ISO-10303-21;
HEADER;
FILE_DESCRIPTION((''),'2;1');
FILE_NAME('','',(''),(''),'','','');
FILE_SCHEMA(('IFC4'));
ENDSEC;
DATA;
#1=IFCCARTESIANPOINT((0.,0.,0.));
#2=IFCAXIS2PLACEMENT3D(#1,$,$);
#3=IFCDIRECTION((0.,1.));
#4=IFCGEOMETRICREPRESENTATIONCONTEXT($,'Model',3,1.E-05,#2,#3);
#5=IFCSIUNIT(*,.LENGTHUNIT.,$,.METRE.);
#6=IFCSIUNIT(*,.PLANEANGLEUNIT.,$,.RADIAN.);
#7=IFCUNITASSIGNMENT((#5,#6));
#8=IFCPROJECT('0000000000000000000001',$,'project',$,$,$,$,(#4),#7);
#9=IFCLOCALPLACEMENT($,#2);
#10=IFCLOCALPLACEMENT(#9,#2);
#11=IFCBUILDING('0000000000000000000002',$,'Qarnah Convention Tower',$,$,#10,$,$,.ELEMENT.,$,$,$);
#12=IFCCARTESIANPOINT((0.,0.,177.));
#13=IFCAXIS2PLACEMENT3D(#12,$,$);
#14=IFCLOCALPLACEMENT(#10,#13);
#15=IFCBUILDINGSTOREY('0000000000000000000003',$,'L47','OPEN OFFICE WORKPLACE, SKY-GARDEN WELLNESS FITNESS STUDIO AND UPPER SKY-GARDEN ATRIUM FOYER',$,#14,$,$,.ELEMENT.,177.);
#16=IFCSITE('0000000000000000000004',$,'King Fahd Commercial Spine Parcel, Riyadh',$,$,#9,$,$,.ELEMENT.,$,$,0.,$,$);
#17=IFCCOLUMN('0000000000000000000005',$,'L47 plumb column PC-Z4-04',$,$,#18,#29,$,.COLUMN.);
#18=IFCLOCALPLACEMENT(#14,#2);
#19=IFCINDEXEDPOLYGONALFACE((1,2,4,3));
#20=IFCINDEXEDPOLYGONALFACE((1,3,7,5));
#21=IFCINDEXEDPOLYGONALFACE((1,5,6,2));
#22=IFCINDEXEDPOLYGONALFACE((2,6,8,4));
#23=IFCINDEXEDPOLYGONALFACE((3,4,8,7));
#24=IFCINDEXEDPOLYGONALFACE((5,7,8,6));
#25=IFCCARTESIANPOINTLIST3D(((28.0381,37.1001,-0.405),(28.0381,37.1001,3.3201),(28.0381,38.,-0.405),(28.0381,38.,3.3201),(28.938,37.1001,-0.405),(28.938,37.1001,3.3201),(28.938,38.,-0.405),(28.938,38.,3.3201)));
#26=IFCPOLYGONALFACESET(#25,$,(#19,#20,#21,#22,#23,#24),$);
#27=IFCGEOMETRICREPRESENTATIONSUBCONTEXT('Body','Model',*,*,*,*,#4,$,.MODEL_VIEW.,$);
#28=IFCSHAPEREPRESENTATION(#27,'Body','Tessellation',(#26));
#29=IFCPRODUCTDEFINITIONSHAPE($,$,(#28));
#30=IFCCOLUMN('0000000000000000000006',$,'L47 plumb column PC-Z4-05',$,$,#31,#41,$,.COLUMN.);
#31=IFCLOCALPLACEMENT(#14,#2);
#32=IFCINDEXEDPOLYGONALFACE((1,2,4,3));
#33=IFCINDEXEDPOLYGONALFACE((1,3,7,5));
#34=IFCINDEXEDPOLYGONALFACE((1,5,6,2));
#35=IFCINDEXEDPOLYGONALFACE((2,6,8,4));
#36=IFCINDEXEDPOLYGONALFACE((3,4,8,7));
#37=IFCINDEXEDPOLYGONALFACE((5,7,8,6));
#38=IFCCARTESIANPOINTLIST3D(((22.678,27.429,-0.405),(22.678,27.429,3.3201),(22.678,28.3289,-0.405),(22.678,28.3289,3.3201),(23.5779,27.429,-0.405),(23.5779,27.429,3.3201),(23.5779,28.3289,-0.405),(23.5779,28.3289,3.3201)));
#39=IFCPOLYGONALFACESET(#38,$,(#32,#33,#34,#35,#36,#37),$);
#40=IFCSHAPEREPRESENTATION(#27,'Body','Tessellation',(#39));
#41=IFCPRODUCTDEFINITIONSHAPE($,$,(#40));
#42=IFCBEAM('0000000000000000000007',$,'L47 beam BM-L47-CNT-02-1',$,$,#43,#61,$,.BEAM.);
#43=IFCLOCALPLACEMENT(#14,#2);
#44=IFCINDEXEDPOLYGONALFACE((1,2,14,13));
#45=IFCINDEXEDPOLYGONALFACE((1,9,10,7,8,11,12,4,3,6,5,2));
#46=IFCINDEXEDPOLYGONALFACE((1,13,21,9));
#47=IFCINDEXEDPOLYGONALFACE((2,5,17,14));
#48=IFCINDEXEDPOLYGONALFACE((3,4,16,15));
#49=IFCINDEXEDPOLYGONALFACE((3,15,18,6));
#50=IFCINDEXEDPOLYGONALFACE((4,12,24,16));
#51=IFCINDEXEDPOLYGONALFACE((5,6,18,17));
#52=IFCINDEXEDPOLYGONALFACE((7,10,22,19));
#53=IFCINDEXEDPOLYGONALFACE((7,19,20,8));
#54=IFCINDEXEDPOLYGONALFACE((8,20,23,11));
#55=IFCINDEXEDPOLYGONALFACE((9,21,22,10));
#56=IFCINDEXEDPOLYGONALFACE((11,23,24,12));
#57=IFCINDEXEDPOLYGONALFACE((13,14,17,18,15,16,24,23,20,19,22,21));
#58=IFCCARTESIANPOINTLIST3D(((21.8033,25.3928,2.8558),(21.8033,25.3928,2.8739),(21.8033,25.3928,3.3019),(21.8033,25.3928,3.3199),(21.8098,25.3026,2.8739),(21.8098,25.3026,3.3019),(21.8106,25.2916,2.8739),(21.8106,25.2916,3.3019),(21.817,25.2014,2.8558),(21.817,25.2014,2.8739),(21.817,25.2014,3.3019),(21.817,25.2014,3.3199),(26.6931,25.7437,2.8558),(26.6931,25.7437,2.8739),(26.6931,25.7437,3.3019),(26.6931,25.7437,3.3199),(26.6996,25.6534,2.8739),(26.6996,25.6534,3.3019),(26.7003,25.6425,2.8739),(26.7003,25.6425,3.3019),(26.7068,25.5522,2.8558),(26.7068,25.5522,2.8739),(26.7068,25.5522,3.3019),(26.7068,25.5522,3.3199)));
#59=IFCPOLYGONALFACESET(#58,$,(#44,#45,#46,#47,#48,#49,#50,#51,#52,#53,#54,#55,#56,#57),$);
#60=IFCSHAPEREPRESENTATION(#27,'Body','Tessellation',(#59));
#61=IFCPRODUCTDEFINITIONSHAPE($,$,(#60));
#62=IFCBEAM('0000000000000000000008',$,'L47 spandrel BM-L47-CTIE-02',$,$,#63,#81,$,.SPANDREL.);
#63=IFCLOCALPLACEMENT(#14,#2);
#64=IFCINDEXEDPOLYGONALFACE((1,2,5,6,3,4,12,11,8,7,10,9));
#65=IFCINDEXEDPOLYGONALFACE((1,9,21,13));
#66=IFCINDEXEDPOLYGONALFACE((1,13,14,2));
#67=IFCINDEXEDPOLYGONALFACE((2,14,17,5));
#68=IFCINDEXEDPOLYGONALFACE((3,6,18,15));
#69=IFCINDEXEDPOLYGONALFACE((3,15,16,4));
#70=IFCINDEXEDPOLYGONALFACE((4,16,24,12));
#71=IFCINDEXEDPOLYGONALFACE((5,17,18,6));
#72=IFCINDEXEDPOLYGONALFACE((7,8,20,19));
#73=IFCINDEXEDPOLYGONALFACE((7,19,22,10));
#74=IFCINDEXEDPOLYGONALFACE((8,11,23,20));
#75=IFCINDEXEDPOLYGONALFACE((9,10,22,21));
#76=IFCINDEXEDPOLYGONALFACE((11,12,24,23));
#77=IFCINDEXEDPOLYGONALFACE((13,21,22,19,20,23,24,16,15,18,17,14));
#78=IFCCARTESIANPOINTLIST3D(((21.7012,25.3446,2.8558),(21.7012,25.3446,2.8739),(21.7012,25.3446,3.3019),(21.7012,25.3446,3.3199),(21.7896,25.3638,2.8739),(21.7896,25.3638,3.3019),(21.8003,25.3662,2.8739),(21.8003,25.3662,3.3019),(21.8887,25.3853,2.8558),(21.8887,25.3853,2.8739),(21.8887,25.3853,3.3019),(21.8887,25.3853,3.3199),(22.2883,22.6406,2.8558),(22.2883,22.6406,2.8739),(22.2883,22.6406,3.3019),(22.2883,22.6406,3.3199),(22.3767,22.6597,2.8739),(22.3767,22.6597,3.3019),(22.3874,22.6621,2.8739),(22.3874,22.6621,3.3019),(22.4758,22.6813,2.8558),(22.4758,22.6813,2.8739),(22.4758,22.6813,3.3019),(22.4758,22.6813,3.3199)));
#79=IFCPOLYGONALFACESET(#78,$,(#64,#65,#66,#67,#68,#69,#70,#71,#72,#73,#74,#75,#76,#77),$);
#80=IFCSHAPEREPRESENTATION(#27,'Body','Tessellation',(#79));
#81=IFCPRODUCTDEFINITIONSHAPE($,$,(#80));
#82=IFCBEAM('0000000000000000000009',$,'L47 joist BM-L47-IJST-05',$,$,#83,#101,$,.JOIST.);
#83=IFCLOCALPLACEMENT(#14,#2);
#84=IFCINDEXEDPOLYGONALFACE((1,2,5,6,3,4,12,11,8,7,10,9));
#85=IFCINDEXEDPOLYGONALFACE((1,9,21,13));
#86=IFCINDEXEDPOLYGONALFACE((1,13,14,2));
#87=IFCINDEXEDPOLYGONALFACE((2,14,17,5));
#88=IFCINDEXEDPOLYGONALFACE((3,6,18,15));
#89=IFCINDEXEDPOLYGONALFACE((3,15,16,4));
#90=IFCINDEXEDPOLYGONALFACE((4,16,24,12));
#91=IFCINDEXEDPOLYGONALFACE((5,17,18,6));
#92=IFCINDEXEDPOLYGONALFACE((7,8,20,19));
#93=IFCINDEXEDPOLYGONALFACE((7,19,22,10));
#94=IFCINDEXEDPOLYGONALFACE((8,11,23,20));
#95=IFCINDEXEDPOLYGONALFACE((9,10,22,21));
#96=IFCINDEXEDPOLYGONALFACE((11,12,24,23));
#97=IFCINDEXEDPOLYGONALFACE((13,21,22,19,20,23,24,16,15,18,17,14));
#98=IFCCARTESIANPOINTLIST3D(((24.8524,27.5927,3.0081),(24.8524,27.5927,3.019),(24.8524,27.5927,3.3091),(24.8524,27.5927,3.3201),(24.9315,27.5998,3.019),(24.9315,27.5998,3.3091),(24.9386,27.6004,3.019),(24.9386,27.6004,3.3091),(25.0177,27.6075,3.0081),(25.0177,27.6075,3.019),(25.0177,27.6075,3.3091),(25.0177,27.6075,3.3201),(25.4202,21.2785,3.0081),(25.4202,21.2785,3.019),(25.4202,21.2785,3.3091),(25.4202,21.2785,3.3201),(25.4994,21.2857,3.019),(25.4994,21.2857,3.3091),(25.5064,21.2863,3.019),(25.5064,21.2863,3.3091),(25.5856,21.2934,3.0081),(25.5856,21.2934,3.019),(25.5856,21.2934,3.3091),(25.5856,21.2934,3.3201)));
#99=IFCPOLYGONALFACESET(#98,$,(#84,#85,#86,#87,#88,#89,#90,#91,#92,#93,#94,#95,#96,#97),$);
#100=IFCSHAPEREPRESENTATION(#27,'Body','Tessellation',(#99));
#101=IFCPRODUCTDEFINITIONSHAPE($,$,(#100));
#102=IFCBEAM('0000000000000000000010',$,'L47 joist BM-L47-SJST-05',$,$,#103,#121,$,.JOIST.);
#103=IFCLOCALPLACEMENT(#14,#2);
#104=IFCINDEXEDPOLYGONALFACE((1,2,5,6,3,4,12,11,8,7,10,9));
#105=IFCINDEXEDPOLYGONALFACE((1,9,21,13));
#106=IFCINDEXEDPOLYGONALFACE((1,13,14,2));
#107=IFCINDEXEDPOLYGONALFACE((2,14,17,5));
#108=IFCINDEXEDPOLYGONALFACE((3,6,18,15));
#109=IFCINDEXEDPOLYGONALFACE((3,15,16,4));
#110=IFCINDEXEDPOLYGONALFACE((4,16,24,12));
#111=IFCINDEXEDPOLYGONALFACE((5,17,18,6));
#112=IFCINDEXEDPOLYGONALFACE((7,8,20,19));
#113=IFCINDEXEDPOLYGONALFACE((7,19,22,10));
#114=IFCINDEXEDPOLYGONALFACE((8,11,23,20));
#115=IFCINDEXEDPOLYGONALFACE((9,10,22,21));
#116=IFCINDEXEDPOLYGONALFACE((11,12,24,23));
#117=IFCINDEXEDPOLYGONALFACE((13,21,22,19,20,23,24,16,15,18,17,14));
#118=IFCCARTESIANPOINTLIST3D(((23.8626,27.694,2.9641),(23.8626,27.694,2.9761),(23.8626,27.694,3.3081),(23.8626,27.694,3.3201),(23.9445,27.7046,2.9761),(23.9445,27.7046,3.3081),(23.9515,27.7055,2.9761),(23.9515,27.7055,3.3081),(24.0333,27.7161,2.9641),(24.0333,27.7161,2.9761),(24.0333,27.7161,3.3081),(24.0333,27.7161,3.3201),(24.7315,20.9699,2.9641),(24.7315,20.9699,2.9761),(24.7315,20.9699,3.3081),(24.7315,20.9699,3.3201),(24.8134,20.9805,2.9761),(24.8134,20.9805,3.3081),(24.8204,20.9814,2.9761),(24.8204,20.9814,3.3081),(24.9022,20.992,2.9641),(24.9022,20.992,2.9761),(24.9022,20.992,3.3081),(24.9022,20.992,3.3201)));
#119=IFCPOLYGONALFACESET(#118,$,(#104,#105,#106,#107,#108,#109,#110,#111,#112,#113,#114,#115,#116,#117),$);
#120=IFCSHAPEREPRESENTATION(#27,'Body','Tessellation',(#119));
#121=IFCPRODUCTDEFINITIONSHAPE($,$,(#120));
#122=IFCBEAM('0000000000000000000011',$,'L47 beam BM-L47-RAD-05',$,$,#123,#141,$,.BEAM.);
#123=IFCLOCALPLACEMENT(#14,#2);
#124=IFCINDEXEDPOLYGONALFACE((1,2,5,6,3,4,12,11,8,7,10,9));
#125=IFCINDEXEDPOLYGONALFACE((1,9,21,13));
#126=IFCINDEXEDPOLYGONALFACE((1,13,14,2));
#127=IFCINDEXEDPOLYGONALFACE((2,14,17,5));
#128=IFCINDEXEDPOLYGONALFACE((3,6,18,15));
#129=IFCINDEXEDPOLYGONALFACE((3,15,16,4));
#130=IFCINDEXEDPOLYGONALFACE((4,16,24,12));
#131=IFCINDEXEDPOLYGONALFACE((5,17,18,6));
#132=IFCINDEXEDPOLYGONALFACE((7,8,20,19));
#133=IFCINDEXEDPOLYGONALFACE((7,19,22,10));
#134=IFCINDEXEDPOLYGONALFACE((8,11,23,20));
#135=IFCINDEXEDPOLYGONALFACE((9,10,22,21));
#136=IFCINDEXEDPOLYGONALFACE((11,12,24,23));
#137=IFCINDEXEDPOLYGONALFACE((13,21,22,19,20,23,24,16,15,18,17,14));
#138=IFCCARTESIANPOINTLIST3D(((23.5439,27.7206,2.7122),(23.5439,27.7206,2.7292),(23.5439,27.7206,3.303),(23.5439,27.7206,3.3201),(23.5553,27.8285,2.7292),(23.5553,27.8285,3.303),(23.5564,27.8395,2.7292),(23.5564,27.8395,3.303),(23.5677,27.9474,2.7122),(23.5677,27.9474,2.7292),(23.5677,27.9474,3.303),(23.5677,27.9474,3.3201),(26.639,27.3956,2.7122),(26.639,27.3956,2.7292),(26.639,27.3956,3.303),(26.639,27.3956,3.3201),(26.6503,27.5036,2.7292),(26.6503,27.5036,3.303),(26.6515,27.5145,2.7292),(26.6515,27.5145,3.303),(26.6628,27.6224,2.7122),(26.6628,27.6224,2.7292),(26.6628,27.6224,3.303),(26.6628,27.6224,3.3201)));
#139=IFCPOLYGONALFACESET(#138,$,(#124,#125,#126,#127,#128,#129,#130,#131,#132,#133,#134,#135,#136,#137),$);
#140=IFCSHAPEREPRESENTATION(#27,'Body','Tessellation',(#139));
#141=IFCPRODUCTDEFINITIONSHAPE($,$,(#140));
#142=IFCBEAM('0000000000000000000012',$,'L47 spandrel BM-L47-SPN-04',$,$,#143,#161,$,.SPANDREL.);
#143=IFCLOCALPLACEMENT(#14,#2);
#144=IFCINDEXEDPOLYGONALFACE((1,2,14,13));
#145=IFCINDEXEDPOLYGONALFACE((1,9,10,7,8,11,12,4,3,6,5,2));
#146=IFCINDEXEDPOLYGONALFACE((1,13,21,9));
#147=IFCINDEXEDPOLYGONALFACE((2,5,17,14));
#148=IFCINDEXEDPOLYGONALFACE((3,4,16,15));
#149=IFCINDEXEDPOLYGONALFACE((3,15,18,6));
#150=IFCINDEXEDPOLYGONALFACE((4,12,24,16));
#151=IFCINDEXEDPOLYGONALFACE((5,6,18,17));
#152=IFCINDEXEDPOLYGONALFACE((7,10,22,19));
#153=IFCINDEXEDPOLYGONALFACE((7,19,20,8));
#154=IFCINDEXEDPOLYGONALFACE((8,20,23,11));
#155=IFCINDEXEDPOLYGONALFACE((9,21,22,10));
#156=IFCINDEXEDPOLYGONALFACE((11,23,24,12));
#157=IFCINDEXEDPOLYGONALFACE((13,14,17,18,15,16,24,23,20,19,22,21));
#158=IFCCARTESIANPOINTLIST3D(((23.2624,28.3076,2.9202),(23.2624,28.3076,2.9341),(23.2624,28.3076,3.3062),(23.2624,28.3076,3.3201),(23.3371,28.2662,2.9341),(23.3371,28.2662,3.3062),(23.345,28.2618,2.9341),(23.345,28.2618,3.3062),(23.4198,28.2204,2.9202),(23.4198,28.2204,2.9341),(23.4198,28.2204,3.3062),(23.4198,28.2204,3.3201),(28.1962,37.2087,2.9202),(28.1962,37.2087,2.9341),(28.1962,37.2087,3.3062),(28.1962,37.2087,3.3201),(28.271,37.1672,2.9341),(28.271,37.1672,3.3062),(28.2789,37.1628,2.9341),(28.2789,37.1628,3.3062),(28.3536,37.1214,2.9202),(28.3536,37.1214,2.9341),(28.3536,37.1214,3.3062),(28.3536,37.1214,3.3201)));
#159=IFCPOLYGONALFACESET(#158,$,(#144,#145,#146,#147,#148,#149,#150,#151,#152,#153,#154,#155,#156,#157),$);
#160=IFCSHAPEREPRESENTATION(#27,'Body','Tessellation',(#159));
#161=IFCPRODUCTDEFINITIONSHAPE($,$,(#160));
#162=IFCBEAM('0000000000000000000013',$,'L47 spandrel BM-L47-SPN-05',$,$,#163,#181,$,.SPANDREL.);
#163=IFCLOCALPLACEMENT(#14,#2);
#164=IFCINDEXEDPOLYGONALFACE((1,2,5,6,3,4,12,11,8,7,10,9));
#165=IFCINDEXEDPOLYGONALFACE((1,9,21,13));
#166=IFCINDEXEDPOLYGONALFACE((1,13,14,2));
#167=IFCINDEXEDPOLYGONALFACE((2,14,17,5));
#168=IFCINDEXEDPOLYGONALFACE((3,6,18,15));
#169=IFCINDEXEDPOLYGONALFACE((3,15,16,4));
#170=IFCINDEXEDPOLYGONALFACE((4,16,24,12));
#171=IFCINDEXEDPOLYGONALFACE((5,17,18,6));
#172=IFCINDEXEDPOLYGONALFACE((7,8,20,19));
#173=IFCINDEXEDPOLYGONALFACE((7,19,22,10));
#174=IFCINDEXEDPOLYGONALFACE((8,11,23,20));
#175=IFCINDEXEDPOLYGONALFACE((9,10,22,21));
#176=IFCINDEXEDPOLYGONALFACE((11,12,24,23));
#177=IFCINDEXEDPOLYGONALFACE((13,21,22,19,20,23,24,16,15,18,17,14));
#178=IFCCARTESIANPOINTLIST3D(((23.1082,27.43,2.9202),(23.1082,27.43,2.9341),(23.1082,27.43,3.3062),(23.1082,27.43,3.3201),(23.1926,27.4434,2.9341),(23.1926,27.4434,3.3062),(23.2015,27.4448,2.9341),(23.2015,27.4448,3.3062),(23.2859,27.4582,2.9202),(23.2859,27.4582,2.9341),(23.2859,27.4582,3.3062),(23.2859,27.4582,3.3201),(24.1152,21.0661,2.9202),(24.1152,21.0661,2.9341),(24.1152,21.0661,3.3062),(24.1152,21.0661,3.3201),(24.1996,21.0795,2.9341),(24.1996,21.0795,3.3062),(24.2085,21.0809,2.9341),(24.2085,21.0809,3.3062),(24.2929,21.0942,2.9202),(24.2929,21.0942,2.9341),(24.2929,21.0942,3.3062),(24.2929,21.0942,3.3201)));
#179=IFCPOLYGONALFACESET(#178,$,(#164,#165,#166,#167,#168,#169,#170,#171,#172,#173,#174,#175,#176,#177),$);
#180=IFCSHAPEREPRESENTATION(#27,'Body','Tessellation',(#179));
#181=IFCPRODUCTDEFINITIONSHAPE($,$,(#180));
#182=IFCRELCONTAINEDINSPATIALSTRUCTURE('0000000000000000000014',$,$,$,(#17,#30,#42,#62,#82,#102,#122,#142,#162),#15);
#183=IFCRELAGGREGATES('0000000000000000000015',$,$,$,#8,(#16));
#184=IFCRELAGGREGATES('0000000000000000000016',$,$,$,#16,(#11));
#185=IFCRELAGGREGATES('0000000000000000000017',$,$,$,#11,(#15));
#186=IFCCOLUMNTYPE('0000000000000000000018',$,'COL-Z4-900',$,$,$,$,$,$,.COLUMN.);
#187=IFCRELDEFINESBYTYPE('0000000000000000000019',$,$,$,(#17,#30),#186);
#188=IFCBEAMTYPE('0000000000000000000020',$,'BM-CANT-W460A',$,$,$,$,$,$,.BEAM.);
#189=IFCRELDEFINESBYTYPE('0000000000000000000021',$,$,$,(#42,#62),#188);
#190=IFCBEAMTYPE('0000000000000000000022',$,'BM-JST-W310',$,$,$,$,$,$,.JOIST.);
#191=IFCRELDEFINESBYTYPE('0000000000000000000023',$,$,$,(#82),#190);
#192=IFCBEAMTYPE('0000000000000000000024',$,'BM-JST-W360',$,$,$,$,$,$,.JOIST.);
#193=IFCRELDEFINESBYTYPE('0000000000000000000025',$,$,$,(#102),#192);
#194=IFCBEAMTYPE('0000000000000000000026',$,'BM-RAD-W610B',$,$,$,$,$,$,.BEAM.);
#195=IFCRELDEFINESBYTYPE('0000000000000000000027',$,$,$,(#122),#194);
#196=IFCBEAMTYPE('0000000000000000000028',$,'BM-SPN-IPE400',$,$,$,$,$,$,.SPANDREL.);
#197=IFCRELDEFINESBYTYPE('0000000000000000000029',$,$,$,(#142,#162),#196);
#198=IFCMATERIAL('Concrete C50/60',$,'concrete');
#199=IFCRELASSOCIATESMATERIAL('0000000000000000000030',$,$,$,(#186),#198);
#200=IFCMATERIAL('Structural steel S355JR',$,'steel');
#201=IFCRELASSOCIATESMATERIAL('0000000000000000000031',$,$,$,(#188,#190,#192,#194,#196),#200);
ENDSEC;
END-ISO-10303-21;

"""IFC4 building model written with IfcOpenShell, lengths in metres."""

from ifc_helpers import new_model, si_unit, direction, frame, origin, origin_2d, place, context, subcontext, project, spatial, rectangle, i_section, extrude, material, material_profile, profile_set, type_object, element, save


model = new_model("IFC4")

# Units and contexts
model_context = context("Model", 3, precision=1e-05, world=origin(), true_north=direction((0.0, 1.0)))
body_context = subcontext(model_context, "Body", "Model", "MODEL_VIEW")
ifc_project = project(units=[si_unit("LENGTHUNIT", "METRE"), si_unit("PLANEANGLEUNIT", "RADIAN")], contexts=[model_context])

# Site, building, storey
site_placement = place(None, origin())
site = spatial("IfcSite", under=ifc_project, at=site_placement, Name="King Fahd Commercial Spine Parcel, Riyadh", CompositionType="ELEMENT", RefElevation=0.0)
building_placement = place(site_placement, origin())
building = spatial("IfcBuilding", under=site, at=building_placement, Name="Qarnah Convention Tower", CompositionType="ELEMENT")
storey_placement = place(building_placement, frame((0.0, 0.0, 177.0)))
storey = spatial("IfcBuildingStorey", under=building, at=storey_placement, Name="L47", Description="OPEN OFFICE WORKPLACE, SKY-GARDEN WELLNESS FITNESS STUDIO AND UPPER SKY-GARDEN ATRIUM FOYER", CompositionType="ELEMENT", Elevation=177.0)

# Columns
ifc_material_1 = material(Name="Concrete C50/60", Category="concrete")
ifc_material_profile_1 = material_profile(ifc_material_1, rectangle(XDim=0.8999, YDim=0.8999, at=origin_2d()), Name="RC-COL-900X900")
ifc_profile_set_1 = profile_set([ifc_material_profile_1], Name="Concrete C50/60")
column_type = type_object("IfcColumnType", Name="COL-Z4-900", PredefinedType="COLUMN", material=ifc_profile_set_1)
for number, where, z_axis, x_axis, name in (
    (1, (28.488, 37.55, -0.405), (0.0, 0.0, 1.0), (1.0, 0.0, 0.0), "L47 plumb column PC-Z4-04"),
    (2, (23.1279, 27.8789, -0.405), (0.0, 0.0, 1.0), (1.0, 0.0, 0.0), "L47 plumb column PC-Z4-05"),
):
    element("IfcColumn", number, at=place(storey_placement, frame(where, z_axis=z_axis, x_axis=x_axis)), inside=storey, type_object=column_type, Name=name, PredefinedType="COLUMN", context=body_context, shape_type="SweptSolid", body=[
        extrude(rectangle(XDim=0.8999, YDim=0.8999, at=origin_2d()), origin(), (0.0, 0.0, 1.0), 3.7251),
    ])

# Beams
ifc_material_2 = material(Name="Structural steel S355JR", Category="steel")
ifc_material_profile_2 = material_profile(ifc_material_2, i_section(OverallWidth=0.1919, OverallDepth=0.4641, WebThickness=0.011, FlangeThickness=0.0181, at=origin_2d()), Name="W460X89")
ifc_profile_set_2 = profile_set([ifc_material_profile_2], Name="Structural steel S355JR")
beam_type_1 = type_object("IfcBeamType", Name="BM-CANT-W460A", PredefinedType="BEAM", material=ifc_profile_set_2)
beam_1_placement = place(storey_placement, frame((26.7, 25.6479, 3.0879), z_axis=(-0.997436, -0.071562, 0.0), x_axis=(0.071562, -0.997436, 0.0)))
element("IfcBeam", 3, at=beam_1_placement, inside=storey, type_object=beam_type_1, Name="L47 beam BM-L47-CNT-02-1", PredefinedType="BEAM", context=body_context, shape_type="SweptSolid", body=[
    extrude(i_section(OverallWidth=0.1919, OverallDepth=0.4641, WebThickness=0.011, FlangeThickness=0.0181, at=origin_2d()), origin(), (0.0, 0.0, 1.0), 4.9023),
])
beam_2_placement = place(storey_placement, frame((21.7949, 25.365, 3.0879), z_axis=(0.212192, -0.977228, 0.0), x_axis=(0.977228, 0.212192, 0.0)))
element("IfcBeam", 4, at=beam_2_placement, inside=storey, type_object=beam_type_1, Name="L47 spandrel BM-L47-CTIE-02", PredefinedType="SPANDREL", context=body_context, shape_type="SweptSolid", body=[
    extrude(i_section(OverallWidth=0.1919, OverallDepth=0.4641, WebThickness=0.011, FlangeThickness=0.0181, at=origin_2d()), origin(), (0.0, 0.0, 1.0), 2.7671),
])
ifc_material_profile_3 = material_profile(ifc_material_2, i_section(OverallWidth=0.166, OverallDepth=0.312, WebThickness=0.0071, FlangeThickness=0.011, at=origin_2d()), Name="W310X45")
ifc_profile_set_3 = profile_set([ifc_material_profile_3], Name="Structural steel S355JR")
beam_type_2 = type_object("IfcBeamType", Name="BM-JST-W310", PredefinedType="JOIST", material=ifc_profile_set_3)
beam_3_placement = place(storey_placement, frame((24.9351, 27.6001, 3.1641), z_axis=(0.089574, -0.99598, 0.0), x_axis=(0.99598, 0.089574, 0.0)))
element("IfcBeam", 5, at=beam_3_placement, inside=storey, type_object=beam_type_2, Name="L47 joist BM-L47-IJST-05", PredefinedType="JOIST", context=body_context, shape_type="SweptSolid", body=[
    extrude(i_section(OverallWidth=0.166, OverallDepth=0.312, WebThickness=0.0071, FlangeThickness=0.011, at=origin_2d()), origin(), (0.0, 0.0, 1.0), 6.3396),
])
ifc_material_profile_4 = material_profile(ifc_material_2, i_section(OverallWidth=0.1721, OverallDepth=0.356, WebThickness=0.0071, FlangeThickness=0.012, at=origin_2d()), Name="W360X51")
ifc_profile_set_4 = profile_set([ifc_material_profile_4], Name="Structural steel S355JR")
beam_type_3 = type_object("IfcBeamType", Name="BM-JST-W360", PredefinedType="JOIST", material=ifc_profile_set_4)
beam_4_placement = place(storey_placement, frame((23.948, 27.7051, 3.1421), z_axis=(0.128155, -0.991754, 0.0), x_axis=(0.991754, 0.128155, 0.0)))
element("IfcBeam", 6, at=beam_4_placement, inside=storey, type_object=beam_type_3, Name="L47 joist BM-L47-SJST-05", PredefinedType="JOIST", context=body_context, shape_type="SweptSolid", body=[
    extrude(i_section(OverallWidth=0.1721, OverallDepth=0.356, WebThickness=0.0071, FlangeThickness=0.012, at=origin_2d()), origin(), (0.0, 0.0, 1.0), 6.78),
])
ifc_material_profile_5 = material_profile(ifc_material_2, i_section(OverallWidth=0.228, OverallDepth=0.6079, WebThickness=0.011, FlangeThickness=0.0171, at=origin_2d()), Name="W610X113")
ifc_profile_set_5 = profile_set([ifc_material_profile_5], Name="Structural steel S355JR")
beam_type_4 = type_object("IfcBeamType", Name="BM-RAD-W610B", PredefinedType="BEAM", material=ifc_profile_set_5)
beam_5_placement = place(storey_placement, frame((26.6509, 27.509, 3.0161), z_axis=(-0.994533, 0.104419, 0.0), x_axis=(-0.104419, -0.994533, 0.0)))
element("IfcBeam", 7, at=beam_5_placement, inside=storey, type_object=beam_type_4, Name="L47 beam BM-L47-RAD-05", PredefinedType="BEAM", context=body_context, shape_type="SweptSolid", body=[
    extrude(i_section(OverallWidth=0.228, OverallDepth=0.6079, WebThickness=0.011, FlangeThickness=0.0171, at=origin_2d()), origin(), (0.0, 0.0, 1.0), 3.1121),
])
ifc_material_profile_6 = material_profile(ifc_material_2, i_section(OverallWidth=0.1799, OverallDepth=0.3999, WebThickness=0.009, FlangeThickness=0.0139, at=origin_2d()), Name="IPE400")
ifc_profile_set_6 = profile_set([ifc_material_profile_6], Name="Structural steel S355JR")
beam_type_5 = type_object("IfcBeamType", Name="BM-SPN-IPE400", PredefinedType="SPANDREL", material=ifc_profile_set_6)
beam_6_placement = place(storey_placement, frame((28.2749, 37.165, 3.1201), z_axis=(-0.484799, -0.874625, 0.0), x_axis=(0.874625, -0.484799, 0.0)))
element("IfcBeam", 8, at=beam_6_placement, inside=storey, type_object=beam_type_5, Name="L47 spandrel BM-L47-SPN-04", PredefinedType="SPANDREL", context=body_context, shape_type="SweptSolid", body=[
    extrude(i_section(OverallWidth=0.1799, OverallDepth=0.3999, WebThickness=0.009, FlangeThickness=0.0139, at=origin_2d()), origin(), (0.0, 0.0, 1.0), 10.177),
])
beam_7_placement = place(storey_placement, frame((23.197, 27.4441, 3.1201), z_axis=(0.156301, -0.987709, 0.0), x_axis=(0.987709, 0.156301, 0.0)))
element("IfcBeam", 9, at=beam_7_placement, inside=storey, type_object=beam_type_5, Name="L47 spandrel BM-L47-SPN-05", PredefinedType="SPANDREL", context=body_context, shape_type="SweptSolid", body=[
    extrude(i_section(OverallWidth=0.1799, OverallDepth=0.3999, WebThickness=0.009, FlangeThickness=0.0139, at=origin_2d()), origin(), (0.0, 0.0, 1.0), 6.4431),
])

save(model, "model.ifc")
